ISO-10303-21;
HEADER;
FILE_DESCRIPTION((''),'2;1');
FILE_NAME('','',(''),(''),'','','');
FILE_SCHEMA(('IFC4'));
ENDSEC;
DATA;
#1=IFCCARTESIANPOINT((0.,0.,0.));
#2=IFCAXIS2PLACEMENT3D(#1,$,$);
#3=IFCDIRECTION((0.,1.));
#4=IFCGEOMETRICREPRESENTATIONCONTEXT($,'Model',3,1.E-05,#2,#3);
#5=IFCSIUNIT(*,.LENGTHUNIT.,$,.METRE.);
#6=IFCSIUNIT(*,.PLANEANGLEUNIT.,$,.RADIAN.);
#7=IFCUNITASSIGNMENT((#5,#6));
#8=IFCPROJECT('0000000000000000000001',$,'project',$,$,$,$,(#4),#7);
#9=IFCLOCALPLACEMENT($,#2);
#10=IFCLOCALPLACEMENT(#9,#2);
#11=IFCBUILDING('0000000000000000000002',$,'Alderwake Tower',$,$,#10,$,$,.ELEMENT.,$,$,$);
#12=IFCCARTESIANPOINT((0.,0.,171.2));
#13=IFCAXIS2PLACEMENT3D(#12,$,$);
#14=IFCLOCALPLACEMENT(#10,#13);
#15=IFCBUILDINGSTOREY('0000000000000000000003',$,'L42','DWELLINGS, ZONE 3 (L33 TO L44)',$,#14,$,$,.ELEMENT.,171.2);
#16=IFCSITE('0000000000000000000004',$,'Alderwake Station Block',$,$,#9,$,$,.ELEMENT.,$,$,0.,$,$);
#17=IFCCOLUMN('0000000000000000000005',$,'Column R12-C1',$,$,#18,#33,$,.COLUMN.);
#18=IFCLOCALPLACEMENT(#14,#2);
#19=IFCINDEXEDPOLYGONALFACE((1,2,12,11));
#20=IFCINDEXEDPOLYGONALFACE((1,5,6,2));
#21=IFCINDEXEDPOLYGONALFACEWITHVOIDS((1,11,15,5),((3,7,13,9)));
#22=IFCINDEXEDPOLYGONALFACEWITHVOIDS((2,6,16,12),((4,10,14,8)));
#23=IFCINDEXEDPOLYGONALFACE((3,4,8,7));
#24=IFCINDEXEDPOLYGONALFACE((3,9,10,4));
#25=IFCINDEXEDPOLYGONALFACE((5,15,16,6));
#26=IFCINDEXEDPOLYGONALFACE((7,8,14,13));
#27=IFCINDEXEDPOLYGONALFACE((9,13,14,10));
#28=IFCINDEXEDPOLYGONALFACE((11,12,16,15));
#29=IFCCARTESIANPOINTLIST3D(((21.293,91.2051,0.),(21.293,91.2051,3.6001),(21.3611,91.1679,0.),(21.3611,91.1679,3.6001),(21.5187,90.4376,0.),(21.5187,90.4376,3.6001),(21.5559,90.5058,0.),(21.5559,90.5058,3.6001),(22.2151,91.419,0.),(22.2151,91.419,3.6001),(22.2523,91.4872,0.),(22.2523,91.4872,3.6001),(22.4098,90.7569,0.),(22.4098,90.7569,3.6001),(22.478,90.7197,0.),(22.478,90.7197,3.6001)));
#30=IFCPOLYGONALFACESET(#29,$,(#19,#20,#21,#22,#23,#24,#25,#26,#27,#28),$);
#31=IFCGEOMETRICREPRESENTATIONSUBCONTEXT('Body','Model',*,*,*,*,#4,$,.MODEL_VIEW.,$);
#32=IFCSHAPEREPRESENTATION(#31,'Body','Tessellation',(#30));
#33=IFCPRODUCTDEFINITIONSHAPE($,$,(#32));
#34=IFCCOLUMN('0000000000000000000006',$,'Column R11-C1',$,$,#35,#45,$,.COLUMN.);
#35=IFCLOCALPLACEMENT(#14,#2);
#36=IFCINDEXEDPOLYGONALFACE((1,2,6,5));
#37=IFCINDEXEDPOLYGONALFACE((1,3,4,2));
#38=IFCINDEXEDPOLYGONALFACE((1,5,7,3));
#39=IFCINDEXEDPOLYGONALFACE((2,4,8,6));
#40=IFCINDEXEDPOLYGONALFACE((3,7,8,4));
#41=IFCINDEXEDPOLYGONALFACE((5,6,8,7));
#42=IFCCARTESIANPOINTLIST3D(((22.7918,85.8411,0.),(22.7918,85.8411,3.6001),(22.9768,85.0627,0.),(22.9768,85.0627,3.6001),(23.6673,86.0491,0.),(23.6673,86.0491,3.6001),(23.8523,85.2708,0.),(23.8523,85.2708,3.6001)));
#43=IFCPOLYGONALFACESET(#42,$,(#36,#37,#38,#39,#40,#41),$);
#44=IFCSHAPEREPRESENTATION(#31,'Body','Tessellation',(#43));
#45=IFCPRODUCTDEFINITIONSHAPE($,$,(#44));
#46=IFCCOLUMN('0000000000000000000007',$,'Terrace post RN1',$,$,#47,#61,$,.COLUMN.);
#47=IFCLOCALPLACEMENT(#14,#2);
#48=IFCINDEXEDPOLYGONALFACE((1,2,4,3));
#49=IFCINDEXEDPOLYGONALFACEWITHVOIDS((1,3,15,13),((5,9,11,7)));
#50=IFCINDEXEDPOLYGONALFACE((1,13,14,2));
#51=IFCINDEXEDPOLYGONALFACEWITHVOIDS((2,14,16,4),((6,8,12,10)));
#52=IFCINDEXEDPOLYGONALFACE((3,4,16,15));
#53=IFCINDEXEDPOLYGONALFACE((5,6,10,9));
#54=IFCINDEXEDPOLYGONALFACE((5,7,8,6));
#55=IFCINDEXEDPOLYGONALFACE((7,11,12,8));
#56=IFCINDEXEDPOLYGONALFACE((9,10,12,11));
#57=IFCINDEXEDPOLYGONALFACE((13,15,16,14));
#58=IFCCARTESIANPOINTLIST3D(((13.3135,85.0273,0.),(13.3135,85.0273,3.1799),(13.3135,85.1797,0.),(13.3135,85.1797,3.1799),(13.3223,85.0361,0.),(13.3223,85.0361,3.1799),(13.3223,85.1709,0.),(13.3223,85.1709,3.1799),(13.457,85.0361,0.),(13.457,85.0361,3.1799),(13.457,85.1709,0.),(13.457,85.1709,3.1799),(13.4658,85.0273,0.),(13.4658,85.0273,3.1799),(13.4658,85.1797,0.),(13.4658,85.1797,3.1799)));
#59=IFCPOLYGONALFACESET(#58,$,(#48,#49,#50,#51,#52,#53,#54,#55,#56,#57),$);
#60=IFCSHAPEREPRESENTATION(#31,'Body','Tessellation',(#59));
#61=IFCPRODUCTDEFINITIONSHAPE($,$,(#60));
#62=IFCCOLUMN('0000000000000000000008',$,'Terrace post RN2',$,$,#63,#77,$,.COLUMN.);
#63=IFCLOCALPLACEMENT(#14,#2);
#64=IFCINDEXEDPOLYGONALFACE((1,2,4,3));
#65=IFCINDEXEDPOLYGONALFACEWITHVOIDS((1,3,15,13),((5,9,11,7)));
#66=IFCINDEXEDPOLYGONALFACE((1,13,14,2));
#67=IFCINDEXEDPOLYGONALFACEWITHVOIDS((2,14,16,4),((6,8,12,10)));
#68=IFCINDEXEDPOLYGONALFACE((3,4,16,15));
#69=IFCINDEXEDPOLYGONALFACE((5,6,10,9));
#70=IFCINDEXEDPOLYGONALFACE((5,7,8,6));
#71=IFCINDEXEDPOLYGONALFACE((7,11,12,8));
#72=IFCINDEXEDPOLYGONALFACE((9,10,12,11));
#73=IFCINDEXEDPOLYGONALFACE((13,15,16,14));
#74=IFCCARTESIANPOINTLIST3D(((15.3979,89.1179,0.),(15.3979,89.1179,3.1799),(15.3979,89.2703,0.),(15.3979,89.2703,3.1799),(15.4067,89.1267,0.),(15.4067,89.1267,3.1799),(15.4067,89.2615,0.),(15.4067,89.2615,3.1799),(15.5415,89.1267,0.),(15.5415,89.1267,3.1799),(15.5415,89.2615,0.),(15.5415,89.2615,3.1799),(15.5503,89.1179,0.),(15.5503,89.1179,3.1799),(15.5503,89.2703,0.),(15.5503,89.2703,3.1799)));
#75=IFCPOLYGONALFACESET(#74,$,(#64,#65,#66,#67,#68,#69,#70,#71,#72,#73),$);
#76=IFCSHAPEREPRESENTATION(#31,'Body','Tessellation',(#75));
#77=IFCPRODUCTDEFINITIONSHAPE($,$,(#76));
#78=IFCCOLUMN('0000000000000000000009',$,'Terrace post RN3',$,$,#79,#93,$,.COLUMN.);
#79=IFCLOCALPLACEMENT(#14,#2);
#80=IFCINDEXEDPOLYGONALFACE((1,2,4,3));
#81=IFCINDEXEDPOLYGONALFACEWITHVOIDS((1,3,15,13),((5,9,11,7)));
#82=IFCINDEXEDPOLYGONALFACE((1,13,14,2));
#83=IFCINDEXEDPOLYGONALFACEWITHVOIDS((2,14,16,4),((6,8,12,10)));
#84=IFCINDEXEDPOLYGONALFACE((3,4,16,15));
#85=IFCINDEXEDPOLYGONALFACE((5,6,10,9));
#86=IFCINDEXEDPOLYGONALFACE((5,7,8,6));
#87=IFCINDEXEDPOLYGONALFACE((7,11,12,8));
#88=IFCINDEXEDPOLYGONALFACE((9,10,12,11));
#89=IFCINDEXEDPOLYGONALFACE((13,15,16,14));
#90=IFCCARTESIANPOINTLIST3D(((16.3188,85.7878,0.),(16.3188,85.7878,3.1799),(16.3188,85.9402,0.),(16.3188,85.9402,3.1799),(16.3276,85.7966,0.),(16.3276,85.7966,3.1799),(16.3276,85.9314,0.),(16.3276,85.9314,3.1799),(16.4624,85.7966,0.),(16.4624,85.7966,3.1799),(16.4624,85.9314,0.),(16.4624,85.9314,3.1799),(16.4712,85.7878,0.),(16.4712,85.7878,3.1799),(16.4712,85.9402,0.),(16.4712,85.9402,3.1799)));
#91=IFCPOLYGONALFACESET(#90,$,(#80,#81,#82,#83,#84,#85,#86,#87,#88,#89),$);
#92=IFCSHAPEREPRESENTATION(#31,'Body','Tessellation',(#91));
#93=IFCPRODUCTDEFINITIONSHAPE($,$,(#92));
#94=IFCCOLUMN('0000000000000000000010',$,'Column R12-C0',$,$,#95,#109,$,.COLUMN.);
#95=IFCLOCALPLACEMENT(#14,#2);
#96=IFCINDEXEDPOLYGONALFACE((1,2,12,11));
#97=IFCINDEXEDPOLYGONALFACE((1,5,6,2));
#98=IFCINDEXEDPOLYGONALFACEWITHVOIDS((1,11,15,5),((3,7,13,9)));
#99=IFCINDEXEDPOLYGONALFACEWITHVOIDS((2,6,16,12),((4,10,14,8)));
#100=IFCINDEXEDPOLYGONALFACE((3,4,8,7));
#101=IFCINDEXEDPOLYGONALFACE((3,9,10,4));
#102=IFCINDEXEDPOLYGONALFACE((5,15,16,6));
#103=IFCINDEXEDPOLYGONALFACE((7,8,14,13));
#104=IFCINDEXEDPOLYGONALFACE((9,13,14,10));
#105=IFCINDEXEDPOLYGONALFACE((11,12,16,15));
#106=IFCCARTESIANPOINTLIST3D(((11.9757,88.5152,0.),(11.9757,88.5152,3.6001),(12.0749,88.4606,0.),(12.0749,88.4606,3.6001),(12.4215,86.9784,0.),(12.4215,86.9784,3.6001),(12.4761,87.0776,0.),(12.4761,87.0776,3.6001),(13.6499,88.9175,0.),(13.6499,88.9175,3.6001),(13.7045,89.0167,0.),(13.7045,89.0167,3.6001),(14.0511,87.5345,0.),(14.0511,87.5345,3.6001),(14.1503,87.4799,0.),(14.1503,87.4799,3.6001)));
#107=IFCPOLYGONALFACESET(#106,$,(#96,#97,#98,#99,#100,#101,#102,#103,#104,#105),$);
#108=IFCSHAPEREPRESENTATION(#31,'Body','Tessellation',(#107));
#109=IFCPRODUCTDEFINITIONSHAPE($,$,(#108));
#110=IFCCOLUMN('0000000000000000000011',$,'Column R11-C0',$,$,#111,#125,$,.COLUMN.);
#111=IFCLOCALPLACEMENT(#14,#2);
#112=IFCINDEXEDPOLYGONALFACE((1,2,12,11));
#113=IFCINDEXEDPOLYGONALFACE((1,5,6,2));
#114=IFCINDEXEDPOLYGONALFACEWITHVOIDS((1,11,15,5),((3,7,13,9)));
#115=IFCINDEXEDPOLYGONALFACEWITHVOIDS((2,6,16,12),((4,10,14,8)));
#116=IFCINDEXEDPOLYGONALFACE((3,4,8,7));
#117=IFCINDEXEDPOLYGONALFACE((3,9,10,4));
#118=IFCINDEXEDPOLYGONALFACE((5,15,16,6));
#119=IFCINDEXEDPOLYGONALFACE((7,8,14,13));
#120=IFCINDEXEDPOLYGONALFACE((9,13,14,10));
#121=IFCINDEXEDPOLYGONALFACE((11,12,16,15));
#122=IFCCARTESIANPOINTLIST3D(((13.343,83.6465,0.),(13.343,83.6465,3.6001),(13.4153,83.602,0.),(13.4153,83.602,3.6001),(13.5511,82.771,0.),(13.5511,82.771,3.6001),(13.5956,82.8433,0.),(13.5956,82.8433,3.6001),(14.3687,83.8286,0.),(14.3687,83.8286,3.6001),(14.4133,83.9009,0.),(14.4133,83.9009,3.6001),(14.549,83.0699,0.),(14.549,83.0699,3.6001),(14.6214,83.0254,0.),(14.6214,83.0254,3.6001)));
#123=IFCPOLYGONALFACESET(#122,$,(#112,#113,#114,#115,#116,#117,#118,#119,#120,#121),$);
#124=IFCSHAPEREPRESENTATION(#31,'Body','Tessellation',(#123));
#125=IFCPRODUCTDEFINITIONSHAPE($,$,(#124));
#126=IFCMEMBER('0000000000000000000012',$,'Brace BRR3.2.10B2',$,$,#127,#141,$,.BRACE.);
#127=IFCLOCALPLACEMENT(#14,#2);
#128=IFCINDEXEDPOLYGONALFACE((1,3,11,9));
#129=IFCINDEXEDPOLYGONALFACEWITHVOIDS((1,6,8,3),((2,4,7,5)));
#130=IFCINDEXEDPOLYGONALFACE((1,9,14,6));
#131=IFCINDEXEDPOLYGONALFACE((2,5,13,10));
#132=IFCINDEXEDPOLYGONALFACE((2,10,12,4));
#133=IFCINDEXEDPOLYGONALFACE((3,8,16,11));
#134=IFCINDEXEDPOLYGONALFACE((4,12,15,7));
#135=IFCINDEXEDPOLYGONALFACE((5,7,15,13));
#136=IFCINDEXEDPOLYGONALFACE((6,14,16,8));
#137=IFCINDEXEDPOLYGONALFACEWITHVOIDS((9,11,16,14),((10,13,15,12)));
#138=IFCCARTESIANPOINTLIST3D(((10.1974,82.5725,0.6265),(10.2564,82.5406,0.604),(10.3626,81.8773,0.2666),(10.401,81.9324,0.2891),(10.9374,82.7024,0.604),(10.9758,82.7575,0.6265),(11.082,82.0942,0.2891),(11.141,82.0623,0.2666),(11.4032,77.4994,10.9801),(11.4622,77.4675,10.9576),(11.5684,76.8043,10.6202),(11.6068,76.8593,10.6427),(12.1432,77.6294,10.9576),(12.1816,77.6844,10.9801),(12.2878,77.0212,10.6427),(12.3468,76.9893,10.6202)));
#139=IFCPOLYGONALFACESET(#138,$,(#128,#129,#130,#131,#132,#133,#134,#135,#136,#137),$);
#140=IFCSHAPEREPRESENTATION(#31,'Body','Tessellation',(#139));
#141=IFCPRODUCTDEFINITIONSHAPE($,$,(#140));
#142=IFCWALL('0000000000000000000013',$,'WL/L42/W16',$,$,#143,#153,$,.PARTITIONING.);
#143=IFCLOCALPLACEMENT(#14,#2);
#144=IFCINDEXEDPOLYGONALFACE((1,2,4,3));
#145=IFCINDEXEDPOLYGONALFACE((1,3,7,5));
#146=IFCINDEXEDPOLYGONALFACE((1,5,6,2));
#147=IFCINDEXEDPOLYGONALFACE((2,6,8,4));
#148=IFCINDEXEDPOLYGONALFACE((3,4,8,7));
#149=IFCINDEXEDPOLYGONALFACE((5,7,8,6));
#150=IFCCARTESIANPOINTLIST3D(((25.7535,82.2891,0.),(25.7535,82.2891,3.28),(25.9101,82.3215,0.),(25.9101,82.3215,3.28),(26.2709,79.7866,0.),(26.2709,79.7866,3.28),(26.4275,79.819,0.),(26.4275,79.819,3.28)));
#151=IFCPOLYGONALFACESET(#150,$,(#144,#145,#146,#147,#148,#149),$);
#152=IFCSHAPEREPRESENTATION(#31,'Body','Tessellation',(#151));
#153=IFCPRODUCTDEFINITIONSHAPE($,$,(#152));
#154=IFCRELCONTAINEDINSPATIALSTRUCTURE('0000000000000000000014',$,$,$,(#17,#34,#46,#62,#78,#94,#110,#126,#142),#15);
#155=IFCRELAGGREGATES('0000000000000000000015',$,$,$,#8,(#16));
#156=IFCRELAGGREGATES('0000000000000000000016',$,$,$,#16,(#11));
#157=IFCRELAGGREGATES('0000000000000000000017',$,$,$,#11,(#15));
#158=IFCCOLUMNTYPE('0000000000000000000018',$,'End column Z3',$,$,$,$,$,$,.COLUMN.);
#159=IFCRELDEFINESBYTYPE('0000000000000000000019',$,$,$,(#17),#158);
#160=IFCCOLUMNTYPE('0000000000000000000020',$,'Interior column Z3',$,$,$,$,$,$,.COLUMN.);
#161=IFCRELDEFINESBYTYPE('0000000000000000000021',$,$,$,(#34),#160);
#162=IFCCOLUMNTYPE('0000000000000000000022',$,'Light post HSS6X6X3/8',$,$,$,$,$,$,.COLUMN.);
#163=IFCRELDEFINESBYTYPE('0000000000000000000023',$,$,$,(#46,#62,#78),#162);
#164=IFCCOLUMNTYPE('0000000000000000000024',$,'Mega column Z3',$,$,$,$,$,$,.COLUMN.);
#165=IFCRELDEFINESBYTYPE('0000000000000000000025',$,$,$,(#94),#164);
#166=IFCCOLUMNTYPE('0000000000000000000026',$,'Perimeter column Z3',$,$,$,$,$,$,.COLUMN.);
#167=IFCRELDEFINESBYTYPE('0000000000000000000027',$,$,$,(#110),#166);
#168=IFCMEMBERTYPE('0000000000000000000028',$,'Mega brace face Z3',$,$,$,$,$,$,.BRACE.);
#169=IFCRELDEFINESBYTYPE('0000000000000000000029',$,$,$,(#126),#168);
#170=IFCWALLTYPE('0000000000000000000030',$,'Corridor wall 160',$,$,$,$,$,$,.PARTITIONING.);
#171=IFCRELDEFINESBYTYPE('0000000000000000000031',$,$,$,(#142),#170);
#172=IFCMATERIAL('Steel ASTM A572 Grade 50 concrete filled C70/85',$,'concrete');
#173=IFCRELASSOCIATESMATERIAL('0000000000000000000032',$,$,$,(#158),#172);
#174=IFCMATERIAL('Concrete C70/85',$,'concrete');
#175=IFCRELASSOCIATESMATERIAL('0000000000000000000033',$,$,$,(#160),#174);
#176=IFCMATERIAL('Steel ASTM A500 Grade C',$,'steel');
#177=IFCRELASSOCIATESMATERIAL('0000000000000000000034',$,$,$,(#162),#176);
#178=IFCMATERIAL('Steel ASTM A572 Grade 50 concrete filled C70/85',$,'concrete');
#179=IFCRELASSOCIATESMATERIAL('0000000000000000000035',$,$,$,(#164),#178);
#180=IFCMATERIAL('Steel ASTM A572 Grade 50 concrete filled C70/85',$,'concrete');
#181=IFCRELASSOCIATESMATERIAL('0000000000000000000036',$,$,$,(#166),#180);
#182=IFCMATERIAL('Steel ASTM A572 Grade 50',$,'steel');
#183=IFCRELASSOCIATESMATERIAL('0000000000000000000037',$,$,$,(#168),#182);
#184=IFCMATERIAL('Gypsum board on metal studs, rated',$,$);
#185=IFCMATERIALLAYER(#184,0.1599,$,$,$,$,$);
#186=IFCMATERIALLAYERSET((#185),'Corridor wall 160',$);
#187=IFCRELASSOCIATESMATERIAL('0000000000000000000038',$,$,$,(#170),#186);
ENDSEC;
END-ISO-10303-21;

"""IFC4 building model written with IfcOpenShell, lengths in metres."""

from ifc_helpers import new_model, si_unit, direction, frame, frame_2d, origin, origin_2d, place, context, subcontext, project, spatial, rectangle, hollow_rectangle, extrude, material, layer, layer_set, material_profile, profile_set, type_object, element, save


model = new_model("IFC4")

# Units and contexts
model_context = context("Model", 3, precision=1e-05, world=origin(), true_north=direction((0.0, 1.0)))
body_context = subcontext(model_context, "Body", "Model", "MODEL_VIEW")
ifc_project = project(units=[si_unit("LENGTHUNIT", "METRE"), si_unit("PLANEANGLEUNIT", "RADIAN")], contexts=[model_context])

# Site, building, storey
site_placement = place(None, origin())
site = spatial("IfcSite", under=ifc_project, at=site_placement, Name="Alderwake Station Block", CompositionType="ELEMENT", RefElevation=0.0)
building_placement = place(site_placement, origin())
building = spatial("IfcBuilding", under=site, at=building_placement, Name="Alderwake Tower", CompositionType="ELEMENT")
storey_placement = place(building_placement, frame((0.0, 0.0, 171.2)))
storey = spatial("IfcBuildingStorey", under=building, at=storey_placement, Name="L42", Description="DWELLINGS, ZONE 3 (L33 TO L44)", CompositionType="ELEMENT", Elevation=171.2)

# Columns
ifc_material_1 = material(Name="Steel ASTM A572 Grade 50 concrete filled C70/85", Category="concrete")
ifc_material_profile_1 = material_profile(ifc_material_1, hollow_rectangle(XDim=0.8, YDim=1.0, WallThickness=0.0549, at=origin_2d()), Name="BOX 1000X800X55")
ifc_profile_set_1 = profile_set([ifc_material_profile_1], Name="Steel ASTM A572 Grade 50 concrete filled C70/85")
column_type_1 = type_object("IfcColumnType", Name="End column Z3", PredefinedType="COLUMN", material=ifc_profile_set_1)
column_1_placement = place(storey_placement, frame((21.8855, 90.9624, 0.0), z_axis=(0.0, 0.0, 1.0), x_axis=(-0.282132, 0.959376, 0.0)))
element("IfcColumn", 1, at=column_1_placement, inside=storey, type_object=column_type_1, Name="Column R12-C1", PredefinedType="COLUMN", context=body_context, shape_type="SweptSolid", body=[
    extrude(hollow_rectangle(XDim=0.8, YDim=1.0, WallThickness=0.0549, at=origin_2d()), origin(), (0.0, 0.0, 1.0), 3.6001),
])
ifc_material_2 = material(Name="Concrete C70/85", Category="concrete")
ifc_material_profile_2 = material_profile(ifc_material_2, rectangle(XDim=0.8, YDim=0.8999, at=origin_2d()), Name="RC 900X800")
ifc_profile_set_2 = profile_set([ifc_material_profile_2], Name="Concrete C70/85")
column_type_2 = type_object("IfcColumnType", Name="Interior column Z3", PredefinedType="COLUMN", material=ifc_profile_set_2)
column_2_placement = place(storey_placement, frame((23.322, 85.5559, 0.0), z_axis=(0.0, 0.0, 1.0), x_axis=(-0.231222, 0.972901, 0.0)))
element("IfcColumn", 2, at=column_2_placement, inside=storey, type_object=column_type_2, Name="Column R11-C1", PredefinedType="COLUMN", context=body_context, shape_type="SweptSolid", body=[
    extrude(rectangle(XDim=0.8, YDim=0.8999, at=origin_2d()), origin(), (0.0, 0.0, 1.0), 3.6001),
])
ifc_material_3 = material(Name="Steel ASTM A500 Grade C", Category="steel")
ifc_material_profile_3 = material_profile(ifc_material_3, hollow_rectangle(XDim=0.1523, YDim=0.1523, WallThickness=0.0088, at=origin_2d()), Name="HSS6X6X3/8")
ifc_profile_set_3 = profile_set([ifc_material_profile_3], Name="Steel ASTM A500 Grade C")
column_type_3 = type_object("IfcColumnType", Name="Light post HSS6X6X3/8", PredefinedType="COLUMN", material=ifc_profile_set_3)
for number, where, z_axis, x_axis, name in (
    (3, (13.3896, 85.1035, 0.0), (0.0, 0.0, 1.0), (1.0, 0.0, 0.0), "Terrace post RN1"),
    (4, (15.4741, 89.1941, 0.0), (0.0, 0.0, 1.0), (1.0, 0.0, 0.0), "Terrace post RN2"),
    (5, (16.395, 85.864, 0.0), (0.0, 0.0, 1.0), (1.0, 0.0, 0.0), "Terrace post RN3"),
):
    element("IfcColumn", number, at=place(storey_placement, frame(where, z_axis=z_axis, x_axis=x_axis)), inside=storey, type_object=column_type_3, Name=name, PredefinedType="COLUMN", context=body_context, shape_type="SweptSolid", body=[
        extrude(hollow_rectangle(XDim=0.1523, YDim=0.1523, WallThickness=0.0088, at=origin_2d()), origin(), (0.0, 0.0, 1.0), 3.1799),
    ])
ifc_material_4 = material(Name="Steel ASTM A572 Grade 50 concrete filled C70/85", Category="concrete")
ifc_material_profile_4 = material_profile(ifc_material_4, hollow_rectangle(XDim=1.6001, YDim=1.8, WallThickness=0.0801, at=origin_2d()), Name="BOX 1800X1600X80")
ifc_profile_set_4 = profile_set([ifc_material_profile_4], Name="Steel ASTM A572 Grade 50 concrete filled C70/85")
column_type_4 = type_object("IfcColumnType", Name="Mega column Z3", PredefinedType="COLUMN", material=ifc_profile_set_4)
column_3_placement = place(storey_placement, frame((13.063, 87.9976, 0.0), z_axis=(0.0, 0.0, 1.0), x_axis=(-0.278612, 0.960404, 0.0)))
element("IfcColumn", 6, at=column_3_placement, inside=storey, type_object=column_type_4, Name="Column R12-C0", PredefinedType="COLUMN", context=body_context, shape_type="SweptSolid", body=[
    extrude(hollow_rectangle(XDim=1.6001, YDim=1.8, WallThickness=0.0801, at=origin_2d()), origin(), (0.0, 0.0, 1.0), 3.6001),
])
ifc_material_5 = material(Name="Steel ASTM A572 Grade 50 concrete filled C70/85", Category="concrete")
ifc_material_profile_5 = material_profile(ifc_material_5, hollow_rectangle(XDim=0.8999, YDim=1.1001, WallThickness=0.0601, at=origin_2d()), Name="BOX 1100X900X60")
ifc_profile_set_5 = profile_set([ifc_material_profile_5], Name="Steel ASTM A572 Grade 50 concrete filled C70/85")
column_type_5 = type_object("IfcColumnType", Name="Perimeter column Z3", PredefinedType="COLUMN", material=ifc_profile_set_5)
column_4_placement = place(storey_placement, frame((13.9822, 83.3359, 0.0), z_axis=(0.0, 0.0, 1.0), x_axis=(-0.231222, 0.972901, 0.0)))
element("IfcColumn", 7, at=column_4_placement, inside=storey, type_object=column_type_5, Name="Column R11-C0", PredefinedType="COLUMN", context=body_context, shape_type="SweptSolid", body=[
    extrude(hollow_rectangle(XDim=0.8999, YDim=1.1001, WallThickness=0.0601, at=origin_2d()), origin(), (0.0, 0.0, 1.0), 3.6001),
])

# Member
ifc_material_6 = material(Name="Steel ASTM A572 Grade 50", Category="steel")
ifc_material_profile_6 = material_profile(ifc_material_6, hollow_rectangle(XDim=0.8, YDim=0.8, WallThickness=0.05, at=origin_2d()), Name="BOX 800X800X50")
ifc_profile_set_6 = profile_set([ifc_material_profile_6], Name="Steel ASTM A572 Grade 50")
member_type = type_object("IfcMemberType", Name="Mega brace face Z3", PredefinedType="BRACE", material=ifc_profile_set_6)
member_placement = place(storey_placement, frame((10.6692, 82.3174, 0.4465), z_axis=(0.104017, -0.437613, 0.893127), x_axis=(0.972895, 0.231249, 0.0)))
element("IfcMember", 8, at=member_placement, inside=storey, type_object=member_type, Name="Brace BRR3.2.10B2", PredefinedType="BRACE", context=body_context, shape_type="SweptSolid", body=[
    extrude(hollow_rectangle(XDim=0.8, YDim=0.8, WallThickness=0.05, at=origin_2d()), origin(), (0.0, 0.0, 1.0), 11.5925),
])

# Wall
ifc_material_7 = material(Name="Gypsum board on metal studs, rated")
ifc_layer_1 = layer(ifc_material_7, 0.1599)
ifc_layer_set_1 = layer_set([ifc_layer_1], Name="Corridor wall 160")
wall_type_1 = type_object("IfcWallType", Name="Corridor wall 160", PredefinedType="PARTITIONING", material=ifc_layer_set_1)
wall_1_placement = place(storey_placement, frame((25.8318, 82.3054, 0.0), z_axis=(0.0, 0.0, 1.0), x_axis=(0.202451, -0.979292, 0.0)))
element("IfcWall", 9, at=wall_1_placement, inside=storey, type_object=wall_type_1, Name="WL/L42/W16", PredefinedType="PARTITIONING", context=body_context, shape_type="SweptSolid", body=[
    extrude(rectangle(XDim=2.5554, YDim=0.1599, at=frame_2d((1.2778, 0.0))), origin(), (0.0, 0.0, 1.0), 3.28),
])

save(model, "model.ifc")
